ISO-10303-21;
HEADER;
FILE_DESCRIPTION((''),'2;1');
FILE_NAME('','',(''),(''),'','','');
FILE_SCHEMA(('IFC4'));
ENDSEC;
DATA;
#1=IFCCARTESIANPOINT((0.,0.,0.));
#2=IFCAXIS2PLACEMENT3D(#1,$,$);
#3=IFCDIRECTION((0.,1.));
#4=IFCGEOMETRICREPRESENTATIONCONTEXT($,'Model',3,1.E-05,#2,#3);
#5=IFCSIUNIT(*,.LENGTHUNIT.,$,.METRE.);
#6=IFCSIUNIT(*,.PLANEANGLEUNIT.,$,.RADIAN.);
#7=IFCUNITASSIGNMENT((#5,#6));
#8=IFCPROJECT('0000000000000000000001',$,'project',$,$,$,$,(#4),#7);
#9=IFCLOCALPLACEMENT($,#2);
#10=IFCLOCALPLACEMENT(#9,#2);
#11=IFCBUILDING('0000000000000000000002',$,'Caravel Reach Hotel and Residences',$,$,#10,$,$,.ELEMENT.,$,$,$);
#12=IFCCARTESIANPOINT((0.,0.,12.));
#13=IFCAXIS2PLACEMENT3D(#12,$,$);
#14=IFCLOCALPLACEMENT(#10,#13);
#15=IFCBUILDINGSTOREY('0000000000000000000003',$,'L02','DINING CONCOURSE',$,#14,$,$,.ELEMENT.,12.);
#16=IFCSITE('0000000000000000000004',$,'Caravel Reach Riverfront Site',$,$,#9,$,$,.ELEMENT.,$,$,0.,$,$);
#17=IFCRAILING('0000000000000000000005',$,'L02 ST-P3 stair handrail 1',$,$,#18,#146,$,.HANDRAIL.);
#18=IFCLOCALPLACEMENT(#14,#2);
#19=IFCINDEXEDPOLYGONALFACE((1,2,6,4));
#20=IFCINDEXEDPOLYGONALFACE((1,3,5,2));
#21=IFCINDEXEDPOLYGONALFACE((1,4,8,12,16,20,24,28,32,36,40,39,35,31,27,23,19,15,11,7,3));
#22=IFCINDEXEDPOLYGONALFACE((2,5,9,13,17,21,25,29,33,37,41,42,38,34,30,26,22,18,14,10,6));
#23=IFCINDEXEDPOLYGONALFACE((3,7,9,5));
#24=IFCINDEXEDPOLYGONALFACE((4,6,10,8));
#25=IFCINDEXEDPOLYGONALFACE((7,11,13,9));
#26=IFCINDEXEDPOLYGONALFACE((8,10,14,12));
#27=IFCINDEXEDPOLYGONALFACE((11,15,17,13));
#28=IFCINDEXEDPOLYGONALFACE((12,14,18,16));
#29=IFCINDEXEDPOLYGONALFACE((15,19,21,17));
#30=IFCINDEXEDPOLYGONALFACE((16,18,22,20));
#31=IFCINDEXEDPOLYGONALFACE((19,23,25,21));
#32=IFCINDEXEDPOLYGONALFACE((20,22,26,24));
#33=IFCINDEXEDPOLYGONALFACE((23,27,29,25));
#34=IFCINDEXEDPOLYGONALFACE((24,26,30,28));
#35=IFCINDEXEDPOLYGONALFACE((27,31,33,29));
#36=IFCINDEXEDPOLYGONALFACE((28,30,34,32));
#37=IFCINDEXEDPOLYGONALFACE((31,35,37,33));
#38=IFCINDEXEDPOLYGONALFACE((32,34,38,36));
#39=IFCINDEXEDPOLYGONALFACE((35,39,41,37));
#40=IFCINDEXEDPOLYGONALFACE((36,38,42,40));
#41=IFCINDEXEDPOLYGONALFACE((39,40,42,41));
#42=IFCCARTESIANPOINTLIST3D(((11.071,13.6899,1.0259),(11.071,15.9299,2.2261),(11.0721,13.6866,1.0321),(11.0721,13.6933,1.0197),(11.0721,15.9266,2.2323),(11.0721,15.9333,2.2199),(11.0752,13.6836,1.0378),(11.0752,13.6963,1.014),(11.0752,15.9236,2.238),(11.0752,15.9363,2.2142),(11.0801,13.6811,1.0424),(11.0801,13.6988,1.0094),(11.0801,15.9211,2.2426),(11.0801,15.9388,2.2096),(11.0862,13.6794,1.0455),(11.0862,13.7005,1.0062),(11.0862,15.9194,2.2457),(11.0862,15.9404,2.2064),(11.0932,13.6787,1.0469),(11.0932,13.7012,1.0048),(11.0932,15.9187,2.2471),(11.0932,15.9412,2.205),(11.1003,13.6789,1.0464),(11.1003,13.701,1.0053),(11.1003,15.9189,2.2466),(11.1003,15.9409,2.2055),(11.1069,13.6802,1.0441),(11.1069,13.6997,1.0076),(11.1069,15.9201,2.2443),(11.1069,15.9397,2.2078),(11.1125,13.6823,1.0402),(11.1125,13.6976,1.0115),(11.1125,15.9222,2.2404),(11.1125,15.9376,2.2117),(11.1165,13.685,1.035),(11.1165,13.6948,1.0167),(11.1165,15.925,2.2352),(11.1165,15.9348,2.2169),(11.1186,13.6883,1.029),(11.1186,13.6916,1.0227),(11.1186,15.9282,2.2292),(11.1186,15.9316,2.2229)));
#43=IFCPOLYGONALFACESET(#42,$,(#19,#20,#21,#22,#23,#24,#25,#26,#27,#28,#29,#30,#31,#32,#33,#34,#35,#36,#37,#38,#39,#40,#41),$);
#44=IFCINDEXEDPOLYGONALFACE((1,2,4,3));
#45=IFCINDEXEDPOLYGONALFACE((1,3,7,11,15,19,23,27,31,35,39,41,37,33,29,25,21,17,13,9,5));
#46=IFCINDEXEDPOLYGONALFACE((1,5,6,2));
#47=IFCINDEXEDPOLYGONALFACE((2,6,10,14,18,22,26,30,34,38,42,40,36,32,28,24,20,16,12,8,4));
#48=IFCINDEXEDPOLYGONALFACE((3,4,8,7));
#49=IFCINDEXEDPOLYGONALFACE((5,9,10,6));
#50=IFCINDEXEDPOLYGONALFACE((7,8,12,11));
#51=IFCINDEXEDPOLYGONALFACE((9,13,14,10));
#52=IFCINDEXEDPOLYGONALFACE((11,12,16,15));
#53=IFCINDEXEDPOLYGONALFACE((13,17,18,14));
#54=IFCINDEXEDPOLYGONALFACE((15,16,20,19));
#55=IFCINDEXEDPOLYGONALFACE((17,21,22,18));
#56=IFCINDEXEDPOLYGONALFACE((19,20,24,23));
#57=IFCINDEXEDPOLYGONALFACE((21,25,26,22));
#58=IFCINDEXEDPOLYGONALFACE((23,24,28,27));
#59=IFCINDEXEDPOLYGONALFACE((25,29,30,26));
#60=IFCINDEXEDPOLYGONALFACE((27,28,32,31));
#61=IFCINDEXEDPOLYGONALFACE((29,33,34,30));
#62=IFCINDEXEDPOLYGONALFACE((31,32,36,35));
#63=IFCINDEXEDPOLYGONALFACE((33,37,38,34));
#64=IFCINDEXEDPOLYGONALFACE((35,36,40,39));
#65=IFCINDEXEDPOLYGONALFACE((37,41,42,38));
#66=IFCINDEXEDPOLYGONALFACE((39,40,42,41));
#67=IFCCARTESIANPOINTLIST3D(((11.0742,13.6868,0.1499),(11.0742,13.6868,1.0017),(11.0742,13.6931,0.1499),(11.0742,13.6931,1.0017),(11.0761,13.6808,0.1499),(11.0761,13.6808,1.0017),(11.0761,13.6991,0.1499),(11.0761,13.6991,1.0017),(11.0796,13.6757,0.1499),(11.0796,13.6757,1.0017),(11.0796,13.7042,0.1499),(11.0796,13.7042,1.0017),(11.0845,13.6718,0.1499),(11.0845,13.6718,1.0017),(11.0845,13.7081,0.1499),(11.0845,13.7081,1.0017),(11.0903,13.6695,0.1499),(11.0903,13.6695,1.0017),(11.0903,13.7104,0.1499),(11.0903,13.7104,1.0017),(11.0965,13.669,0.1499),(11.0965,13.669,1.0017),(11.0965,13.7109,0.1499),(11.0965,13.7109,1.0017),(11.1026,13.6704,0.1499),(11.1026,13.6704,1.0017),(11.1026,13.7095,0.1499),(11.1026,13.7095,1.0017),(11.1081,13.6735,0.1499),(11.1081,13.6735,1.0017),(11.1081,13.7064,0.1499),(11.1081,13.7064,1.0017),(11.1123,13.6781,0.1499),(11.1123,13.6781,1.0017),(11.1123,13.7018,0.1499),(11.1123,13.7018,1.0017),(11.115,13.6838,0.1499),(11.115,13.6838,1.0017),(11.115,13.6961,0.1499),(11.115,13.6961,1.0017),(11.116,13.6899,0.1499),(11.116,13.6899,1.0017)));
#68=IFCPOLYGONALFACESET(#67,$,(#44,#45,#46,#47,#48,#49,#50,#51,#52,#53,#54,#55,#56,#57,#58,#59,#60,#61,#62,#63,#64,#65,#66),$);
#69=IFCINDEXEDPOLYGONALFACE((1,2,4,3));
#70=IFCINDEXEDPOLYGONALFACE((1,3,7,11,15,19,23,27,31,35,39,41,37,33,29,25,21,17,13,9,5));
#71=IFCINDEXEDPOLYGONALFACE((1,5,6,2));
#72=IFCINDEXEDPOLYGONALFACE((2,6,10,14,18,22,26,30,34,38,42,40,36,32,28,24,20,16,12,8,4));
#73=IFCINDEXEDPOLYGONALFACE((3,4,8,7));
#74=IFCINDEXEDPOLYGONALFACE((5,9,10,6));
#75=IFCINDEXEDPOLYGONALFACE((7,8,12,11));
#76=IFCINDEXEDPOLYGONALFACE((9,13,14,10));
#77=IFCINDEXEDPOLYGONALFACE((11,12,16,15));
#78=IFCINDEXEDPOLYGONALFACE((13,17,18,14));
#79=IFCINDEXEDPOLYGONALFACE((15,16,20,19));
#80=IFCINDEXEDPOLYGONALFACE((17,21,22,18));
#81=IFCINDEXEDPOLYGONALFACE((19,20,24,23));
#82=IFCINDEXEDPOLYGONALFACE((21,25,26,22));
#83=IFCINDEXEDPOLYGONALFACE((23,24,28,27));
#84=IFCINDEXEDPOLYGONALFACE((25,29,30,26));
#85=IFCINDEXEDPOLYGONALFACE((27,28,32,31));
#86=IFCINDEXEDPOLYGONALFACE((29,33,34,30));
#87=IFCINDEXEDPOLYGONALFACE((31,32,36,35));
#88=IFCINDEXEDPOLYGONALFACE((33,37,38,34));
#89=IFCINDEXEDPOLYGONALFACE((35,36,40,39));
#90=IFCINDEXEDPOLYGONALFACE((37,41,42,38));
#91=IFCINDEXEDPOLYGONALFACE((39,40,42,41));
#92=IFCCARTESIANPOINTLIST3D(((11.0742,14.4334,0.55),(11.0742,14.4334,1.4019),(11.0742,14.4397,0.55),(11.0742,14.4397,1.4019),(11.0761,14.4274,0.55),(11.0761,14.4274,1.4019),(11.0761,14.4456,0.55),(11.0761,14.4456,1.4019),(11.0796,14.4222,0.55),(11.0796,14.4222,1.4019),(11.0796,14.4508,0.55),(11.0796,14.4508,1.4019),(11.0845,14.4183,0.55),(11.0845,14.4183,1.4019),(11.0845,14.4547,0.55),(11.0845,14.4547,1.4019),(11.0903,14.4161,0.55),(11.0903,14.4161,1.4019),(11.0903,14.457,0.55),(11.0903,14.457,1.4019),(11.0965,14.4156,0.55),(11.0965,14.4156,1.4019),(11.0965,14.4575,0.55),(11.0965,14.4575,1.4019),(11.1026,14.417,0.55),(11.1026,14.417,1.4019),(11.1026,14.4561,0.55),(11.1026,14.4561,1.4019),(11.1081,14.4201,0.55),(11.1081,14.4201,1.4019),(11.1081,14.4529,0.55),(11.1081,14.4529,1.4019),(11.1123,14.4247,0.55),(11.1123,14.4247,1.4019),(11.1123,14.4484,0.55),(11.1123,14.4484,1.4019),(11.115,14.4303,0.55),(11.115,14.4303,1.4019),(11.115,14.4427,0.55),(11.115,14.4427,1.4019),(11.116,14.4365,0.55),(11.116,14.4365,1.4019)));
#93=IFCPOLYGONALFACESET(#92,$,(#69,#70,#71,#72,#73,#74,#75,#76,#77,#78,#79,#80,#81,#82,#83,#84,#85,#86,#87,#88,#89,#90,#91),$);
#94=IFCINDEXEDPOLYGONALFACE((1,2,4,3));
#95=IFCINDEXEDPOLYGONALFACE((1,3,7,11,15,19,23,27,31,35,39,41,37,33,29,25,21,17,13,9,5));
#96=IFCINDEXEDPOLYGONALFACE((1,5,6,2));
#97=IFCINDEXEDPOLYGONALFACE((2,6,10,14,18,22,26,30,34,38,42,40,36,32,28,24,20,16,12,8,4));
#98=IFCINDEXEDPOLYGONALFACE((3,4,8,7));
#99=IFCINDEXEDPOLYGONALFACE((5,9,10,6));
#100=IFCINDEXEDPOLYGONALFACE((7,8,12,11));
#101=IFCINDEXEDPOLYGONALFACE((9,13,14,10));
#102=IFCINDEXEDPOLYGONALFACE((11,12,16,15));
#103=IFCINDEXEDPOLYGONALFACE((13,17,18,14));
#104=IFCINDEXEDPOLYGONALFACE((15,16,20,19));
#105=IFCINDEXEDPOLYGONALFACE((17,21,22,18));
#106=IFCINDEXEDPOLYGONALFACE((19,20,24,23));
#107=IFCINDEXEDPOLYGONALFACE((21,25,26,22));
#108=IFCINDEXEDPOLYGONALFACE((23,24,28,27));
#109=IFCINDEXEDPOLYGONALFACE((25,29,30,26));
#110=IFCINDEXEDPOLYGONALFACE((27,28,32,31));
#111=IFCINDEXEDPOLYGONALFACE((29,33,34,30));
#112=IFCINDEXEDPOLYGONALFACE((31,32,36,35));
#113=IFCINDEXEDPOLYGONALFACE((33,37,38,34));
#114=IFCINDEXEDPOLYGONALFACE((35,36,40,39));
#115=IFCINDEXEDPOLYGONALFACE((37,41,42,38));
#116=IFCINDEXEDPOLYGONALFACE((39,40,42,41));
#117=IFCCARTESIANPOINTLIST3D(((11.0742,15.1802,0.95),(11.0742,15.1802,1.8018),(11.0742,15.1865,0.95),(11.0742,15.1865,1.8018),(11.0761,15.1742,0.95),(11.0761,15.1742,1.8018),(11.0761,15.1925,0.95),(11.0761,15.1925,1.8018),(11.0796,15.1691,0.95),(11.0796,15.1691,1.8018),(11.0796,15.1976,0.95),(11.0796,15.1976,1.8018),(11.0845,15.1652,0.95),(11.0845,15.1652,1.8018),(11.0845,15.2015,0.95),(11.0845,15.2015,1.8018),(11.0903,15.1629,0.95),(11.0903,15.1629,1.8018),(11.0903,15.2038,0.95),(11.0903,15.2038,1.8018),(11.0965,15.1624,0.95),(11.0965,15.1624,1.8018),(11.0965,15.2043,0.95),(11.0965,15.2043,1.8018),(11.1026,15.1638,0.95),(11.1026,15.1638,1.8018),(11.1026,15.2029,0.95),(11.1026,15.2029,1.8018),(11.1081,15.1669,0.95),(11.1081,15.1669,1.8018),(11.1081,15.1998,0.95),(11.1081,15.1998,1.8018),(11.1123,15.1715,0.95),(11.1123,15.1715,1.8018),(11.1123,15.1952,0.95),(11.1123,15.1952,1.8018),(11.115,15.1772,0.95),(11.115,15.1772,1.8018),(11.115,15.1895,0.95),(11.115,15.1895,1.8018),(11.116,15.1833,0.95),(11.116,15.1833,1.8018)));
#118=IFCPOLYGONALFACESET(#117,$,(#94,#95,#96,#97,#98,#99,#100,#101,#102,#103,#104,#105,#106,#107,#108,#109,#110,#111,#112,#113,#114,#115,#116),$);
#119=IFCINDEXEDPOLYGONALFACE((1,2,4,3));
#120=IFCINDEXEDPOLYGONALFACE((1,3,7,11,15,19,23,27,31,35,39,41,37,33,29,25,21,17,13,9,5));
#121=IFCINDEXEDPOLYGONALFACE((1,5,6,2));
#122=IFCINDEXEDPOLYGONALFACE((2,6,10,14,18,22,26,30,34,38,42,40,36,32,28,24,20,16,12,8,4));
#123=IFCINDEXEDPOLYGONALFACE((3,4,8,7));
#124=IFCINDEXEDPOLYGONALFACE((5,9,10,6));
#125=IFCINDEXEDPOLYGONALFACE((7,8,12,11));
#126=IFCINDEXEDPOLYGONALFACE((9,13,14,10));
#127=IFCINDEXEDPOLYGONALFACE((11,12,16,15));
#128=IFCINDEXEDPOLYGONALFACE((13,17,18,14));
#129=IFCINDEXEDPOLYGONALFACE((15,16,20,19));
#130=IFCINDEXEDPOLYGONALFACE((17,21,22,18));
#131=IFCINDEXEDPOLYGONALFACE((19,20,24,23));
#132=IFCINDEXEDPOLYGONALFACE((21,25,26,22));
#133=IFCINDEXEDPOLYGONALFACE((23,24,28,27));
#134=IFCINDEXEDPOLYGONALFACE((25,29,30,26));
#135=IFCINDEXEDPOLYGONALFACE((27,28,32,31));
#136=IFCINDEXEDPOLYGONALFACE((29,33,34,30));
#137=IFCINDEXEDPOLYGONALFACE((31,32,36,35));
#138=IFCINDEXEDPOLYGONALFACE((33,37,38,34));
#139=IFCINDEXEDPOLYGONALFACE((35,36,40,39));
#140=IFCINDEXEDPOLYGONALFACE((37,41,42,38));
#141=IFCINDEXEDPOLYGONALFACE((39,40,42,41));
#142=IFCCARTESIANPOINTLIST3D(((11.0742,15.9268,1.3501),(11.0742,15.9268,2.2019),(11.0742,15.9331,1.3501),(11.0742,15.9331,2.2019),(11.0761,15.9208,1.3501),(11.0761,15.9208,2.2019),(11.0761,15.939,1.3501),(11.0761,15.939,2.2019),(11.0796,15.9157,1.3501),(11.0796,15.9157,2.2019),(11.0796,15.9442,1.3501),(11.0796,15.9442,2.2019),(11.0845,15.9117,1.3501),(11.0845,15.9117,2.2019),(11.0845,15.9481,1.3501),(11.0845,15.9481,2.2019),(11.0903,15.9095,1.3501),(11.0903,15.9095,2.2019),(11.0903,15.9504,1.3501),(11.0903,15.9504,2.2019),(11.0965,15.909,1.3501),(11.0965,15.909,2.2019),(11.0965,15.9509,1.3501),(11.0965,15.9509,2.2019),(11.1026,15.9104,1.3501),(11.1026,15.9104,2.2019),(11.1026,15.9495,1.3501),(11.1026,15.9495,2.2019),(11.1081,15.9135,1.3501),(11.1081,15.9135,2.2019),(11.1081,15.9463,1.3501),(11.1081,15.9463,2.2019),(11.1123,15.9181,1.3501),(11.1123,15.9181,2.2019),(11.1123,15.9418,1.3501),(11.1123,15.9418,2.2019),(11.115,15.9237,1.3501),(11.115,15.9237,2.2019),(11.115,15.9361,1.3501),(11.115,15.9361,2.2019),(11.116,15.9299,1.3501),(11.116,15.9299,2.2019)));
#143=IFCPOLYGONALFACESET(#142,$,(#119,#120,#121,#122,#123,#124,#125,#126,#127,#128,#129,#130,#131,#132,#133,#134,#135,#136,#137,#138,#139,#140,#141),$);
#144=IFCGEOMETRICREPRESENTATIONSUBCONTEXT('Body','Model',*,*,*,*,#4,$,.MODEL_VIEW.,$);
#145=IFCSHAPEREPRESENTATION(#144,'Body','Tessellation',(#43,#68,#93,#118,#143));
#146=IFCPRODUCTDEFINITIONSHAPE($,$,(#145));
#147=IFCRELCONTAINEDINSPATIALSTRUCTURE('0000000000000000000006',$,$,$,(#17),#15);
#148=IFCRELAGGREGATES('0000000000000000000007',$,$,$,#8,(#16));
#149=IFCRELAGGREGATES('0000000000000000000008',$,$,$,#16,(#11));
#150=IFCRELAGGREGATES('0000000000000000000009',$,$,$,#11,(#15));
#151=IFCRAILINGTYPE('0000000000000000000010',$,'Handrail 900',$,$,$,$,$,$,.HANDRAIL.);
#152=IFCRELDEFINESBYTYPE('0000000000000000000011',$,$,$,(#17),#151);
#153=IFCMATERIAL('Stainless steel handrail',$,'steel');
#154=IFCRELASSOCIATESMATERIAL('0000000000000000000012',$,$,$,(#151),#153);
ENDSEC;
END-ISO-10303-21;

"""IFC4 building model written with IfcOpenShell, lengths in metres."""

from ifc_helpers import new_model, si_unit, direction, frame, origin, origin_2d, place, context, subcontext, project, spatial, circle, extrude, material, type_object, element, save


model = new_model("IFC4")

# Units and contexts
model_context = context("Model", 3, precision=1e-05, world=origin(), true_north=direction((0.0, 1.0)))
body_context = subcontext(model_context, "Body", "Model", "MODEL_VIEW")
ifc_project = project(units=[si_unit("LENGTHUNIT", "METRE"), si_unit("PLANEANGLEUNIT", "RADIAN")], contexts=[model_context])

# Site, building, storey
site_placement = place(None, origin())
site = spatial("IfcSite", under=ifc_project, at=site_placement, Name="Caravel Reach Riverfront Site", CompositionType="ELEMENT", RefElevation=0.0)
building_placement = place(site_placement, origin())
building = spatial("IfcBuilding", under=site, at=building_placement, Name="Caravel Reach Hotel and Residences", CompositionType="ELEMENT")
storey_placement = place(building_placement, frame((0.0, 0.0, 12.0)))
storey = spatial("IfcBuildingStorey", under=building, at=storey_placement, Name="L02", Description="DINING CONCOURSE", CompositionType="ELEMENT", Elevation=12.0)

# Railing
ifc_material_1 = material(Name="Stainless steel handrail", Category="steel")
railing_type_1 = type_object("IfcRailingType", Name="Handrail 900", PredefinedType="HANDRAIL", material=ifc_material_1)
railing_1_placement = place(storey_placement, frame((11.095, 13.6899, 0.1499)))
element("IfcRailing", 1, at=railing_1_placement, inside=storey, type_object=railing_type_1, Name="L02 ST-P3 stair handrail 1", PredefinedType="HANDRAIL", context=body_context, shape_type="SweptSolid", body=[
    extrude(circle(Radius=0.0239, at=origin_2d()), frame((0.0, 0.0, 0.876), z_axis=(0.0, 0.881447, 0.472283), x_axis=(-1.0, 0.0, 0.0)), (0.0, 0.0, 1.0), 2.5413),
    extrude(circle(Radius=0.021, at=origin_2d()), origin(), (0.0, 0.0, 1.0), 0.8518),
    extrude(circle(Radius=0.021, at=origin_2d()), frame((0.0, 0.7466, 0.4001)), (0.0, 0.0, 1.0), 0.8518),
    extrude(circle(Radius=0.021, at=origin_2d()), frame((0.0, 1.4934, 0.8)), (0.0, 0.0, 1.0), 0.8518),
    extrude(circle(Radius=0.021, at=origin_2d()), frame((0.0, 2.24, 1.2002)), (0.0, 0.0, 1.0), 0.8518),
])

save(model, "model.ifc")
